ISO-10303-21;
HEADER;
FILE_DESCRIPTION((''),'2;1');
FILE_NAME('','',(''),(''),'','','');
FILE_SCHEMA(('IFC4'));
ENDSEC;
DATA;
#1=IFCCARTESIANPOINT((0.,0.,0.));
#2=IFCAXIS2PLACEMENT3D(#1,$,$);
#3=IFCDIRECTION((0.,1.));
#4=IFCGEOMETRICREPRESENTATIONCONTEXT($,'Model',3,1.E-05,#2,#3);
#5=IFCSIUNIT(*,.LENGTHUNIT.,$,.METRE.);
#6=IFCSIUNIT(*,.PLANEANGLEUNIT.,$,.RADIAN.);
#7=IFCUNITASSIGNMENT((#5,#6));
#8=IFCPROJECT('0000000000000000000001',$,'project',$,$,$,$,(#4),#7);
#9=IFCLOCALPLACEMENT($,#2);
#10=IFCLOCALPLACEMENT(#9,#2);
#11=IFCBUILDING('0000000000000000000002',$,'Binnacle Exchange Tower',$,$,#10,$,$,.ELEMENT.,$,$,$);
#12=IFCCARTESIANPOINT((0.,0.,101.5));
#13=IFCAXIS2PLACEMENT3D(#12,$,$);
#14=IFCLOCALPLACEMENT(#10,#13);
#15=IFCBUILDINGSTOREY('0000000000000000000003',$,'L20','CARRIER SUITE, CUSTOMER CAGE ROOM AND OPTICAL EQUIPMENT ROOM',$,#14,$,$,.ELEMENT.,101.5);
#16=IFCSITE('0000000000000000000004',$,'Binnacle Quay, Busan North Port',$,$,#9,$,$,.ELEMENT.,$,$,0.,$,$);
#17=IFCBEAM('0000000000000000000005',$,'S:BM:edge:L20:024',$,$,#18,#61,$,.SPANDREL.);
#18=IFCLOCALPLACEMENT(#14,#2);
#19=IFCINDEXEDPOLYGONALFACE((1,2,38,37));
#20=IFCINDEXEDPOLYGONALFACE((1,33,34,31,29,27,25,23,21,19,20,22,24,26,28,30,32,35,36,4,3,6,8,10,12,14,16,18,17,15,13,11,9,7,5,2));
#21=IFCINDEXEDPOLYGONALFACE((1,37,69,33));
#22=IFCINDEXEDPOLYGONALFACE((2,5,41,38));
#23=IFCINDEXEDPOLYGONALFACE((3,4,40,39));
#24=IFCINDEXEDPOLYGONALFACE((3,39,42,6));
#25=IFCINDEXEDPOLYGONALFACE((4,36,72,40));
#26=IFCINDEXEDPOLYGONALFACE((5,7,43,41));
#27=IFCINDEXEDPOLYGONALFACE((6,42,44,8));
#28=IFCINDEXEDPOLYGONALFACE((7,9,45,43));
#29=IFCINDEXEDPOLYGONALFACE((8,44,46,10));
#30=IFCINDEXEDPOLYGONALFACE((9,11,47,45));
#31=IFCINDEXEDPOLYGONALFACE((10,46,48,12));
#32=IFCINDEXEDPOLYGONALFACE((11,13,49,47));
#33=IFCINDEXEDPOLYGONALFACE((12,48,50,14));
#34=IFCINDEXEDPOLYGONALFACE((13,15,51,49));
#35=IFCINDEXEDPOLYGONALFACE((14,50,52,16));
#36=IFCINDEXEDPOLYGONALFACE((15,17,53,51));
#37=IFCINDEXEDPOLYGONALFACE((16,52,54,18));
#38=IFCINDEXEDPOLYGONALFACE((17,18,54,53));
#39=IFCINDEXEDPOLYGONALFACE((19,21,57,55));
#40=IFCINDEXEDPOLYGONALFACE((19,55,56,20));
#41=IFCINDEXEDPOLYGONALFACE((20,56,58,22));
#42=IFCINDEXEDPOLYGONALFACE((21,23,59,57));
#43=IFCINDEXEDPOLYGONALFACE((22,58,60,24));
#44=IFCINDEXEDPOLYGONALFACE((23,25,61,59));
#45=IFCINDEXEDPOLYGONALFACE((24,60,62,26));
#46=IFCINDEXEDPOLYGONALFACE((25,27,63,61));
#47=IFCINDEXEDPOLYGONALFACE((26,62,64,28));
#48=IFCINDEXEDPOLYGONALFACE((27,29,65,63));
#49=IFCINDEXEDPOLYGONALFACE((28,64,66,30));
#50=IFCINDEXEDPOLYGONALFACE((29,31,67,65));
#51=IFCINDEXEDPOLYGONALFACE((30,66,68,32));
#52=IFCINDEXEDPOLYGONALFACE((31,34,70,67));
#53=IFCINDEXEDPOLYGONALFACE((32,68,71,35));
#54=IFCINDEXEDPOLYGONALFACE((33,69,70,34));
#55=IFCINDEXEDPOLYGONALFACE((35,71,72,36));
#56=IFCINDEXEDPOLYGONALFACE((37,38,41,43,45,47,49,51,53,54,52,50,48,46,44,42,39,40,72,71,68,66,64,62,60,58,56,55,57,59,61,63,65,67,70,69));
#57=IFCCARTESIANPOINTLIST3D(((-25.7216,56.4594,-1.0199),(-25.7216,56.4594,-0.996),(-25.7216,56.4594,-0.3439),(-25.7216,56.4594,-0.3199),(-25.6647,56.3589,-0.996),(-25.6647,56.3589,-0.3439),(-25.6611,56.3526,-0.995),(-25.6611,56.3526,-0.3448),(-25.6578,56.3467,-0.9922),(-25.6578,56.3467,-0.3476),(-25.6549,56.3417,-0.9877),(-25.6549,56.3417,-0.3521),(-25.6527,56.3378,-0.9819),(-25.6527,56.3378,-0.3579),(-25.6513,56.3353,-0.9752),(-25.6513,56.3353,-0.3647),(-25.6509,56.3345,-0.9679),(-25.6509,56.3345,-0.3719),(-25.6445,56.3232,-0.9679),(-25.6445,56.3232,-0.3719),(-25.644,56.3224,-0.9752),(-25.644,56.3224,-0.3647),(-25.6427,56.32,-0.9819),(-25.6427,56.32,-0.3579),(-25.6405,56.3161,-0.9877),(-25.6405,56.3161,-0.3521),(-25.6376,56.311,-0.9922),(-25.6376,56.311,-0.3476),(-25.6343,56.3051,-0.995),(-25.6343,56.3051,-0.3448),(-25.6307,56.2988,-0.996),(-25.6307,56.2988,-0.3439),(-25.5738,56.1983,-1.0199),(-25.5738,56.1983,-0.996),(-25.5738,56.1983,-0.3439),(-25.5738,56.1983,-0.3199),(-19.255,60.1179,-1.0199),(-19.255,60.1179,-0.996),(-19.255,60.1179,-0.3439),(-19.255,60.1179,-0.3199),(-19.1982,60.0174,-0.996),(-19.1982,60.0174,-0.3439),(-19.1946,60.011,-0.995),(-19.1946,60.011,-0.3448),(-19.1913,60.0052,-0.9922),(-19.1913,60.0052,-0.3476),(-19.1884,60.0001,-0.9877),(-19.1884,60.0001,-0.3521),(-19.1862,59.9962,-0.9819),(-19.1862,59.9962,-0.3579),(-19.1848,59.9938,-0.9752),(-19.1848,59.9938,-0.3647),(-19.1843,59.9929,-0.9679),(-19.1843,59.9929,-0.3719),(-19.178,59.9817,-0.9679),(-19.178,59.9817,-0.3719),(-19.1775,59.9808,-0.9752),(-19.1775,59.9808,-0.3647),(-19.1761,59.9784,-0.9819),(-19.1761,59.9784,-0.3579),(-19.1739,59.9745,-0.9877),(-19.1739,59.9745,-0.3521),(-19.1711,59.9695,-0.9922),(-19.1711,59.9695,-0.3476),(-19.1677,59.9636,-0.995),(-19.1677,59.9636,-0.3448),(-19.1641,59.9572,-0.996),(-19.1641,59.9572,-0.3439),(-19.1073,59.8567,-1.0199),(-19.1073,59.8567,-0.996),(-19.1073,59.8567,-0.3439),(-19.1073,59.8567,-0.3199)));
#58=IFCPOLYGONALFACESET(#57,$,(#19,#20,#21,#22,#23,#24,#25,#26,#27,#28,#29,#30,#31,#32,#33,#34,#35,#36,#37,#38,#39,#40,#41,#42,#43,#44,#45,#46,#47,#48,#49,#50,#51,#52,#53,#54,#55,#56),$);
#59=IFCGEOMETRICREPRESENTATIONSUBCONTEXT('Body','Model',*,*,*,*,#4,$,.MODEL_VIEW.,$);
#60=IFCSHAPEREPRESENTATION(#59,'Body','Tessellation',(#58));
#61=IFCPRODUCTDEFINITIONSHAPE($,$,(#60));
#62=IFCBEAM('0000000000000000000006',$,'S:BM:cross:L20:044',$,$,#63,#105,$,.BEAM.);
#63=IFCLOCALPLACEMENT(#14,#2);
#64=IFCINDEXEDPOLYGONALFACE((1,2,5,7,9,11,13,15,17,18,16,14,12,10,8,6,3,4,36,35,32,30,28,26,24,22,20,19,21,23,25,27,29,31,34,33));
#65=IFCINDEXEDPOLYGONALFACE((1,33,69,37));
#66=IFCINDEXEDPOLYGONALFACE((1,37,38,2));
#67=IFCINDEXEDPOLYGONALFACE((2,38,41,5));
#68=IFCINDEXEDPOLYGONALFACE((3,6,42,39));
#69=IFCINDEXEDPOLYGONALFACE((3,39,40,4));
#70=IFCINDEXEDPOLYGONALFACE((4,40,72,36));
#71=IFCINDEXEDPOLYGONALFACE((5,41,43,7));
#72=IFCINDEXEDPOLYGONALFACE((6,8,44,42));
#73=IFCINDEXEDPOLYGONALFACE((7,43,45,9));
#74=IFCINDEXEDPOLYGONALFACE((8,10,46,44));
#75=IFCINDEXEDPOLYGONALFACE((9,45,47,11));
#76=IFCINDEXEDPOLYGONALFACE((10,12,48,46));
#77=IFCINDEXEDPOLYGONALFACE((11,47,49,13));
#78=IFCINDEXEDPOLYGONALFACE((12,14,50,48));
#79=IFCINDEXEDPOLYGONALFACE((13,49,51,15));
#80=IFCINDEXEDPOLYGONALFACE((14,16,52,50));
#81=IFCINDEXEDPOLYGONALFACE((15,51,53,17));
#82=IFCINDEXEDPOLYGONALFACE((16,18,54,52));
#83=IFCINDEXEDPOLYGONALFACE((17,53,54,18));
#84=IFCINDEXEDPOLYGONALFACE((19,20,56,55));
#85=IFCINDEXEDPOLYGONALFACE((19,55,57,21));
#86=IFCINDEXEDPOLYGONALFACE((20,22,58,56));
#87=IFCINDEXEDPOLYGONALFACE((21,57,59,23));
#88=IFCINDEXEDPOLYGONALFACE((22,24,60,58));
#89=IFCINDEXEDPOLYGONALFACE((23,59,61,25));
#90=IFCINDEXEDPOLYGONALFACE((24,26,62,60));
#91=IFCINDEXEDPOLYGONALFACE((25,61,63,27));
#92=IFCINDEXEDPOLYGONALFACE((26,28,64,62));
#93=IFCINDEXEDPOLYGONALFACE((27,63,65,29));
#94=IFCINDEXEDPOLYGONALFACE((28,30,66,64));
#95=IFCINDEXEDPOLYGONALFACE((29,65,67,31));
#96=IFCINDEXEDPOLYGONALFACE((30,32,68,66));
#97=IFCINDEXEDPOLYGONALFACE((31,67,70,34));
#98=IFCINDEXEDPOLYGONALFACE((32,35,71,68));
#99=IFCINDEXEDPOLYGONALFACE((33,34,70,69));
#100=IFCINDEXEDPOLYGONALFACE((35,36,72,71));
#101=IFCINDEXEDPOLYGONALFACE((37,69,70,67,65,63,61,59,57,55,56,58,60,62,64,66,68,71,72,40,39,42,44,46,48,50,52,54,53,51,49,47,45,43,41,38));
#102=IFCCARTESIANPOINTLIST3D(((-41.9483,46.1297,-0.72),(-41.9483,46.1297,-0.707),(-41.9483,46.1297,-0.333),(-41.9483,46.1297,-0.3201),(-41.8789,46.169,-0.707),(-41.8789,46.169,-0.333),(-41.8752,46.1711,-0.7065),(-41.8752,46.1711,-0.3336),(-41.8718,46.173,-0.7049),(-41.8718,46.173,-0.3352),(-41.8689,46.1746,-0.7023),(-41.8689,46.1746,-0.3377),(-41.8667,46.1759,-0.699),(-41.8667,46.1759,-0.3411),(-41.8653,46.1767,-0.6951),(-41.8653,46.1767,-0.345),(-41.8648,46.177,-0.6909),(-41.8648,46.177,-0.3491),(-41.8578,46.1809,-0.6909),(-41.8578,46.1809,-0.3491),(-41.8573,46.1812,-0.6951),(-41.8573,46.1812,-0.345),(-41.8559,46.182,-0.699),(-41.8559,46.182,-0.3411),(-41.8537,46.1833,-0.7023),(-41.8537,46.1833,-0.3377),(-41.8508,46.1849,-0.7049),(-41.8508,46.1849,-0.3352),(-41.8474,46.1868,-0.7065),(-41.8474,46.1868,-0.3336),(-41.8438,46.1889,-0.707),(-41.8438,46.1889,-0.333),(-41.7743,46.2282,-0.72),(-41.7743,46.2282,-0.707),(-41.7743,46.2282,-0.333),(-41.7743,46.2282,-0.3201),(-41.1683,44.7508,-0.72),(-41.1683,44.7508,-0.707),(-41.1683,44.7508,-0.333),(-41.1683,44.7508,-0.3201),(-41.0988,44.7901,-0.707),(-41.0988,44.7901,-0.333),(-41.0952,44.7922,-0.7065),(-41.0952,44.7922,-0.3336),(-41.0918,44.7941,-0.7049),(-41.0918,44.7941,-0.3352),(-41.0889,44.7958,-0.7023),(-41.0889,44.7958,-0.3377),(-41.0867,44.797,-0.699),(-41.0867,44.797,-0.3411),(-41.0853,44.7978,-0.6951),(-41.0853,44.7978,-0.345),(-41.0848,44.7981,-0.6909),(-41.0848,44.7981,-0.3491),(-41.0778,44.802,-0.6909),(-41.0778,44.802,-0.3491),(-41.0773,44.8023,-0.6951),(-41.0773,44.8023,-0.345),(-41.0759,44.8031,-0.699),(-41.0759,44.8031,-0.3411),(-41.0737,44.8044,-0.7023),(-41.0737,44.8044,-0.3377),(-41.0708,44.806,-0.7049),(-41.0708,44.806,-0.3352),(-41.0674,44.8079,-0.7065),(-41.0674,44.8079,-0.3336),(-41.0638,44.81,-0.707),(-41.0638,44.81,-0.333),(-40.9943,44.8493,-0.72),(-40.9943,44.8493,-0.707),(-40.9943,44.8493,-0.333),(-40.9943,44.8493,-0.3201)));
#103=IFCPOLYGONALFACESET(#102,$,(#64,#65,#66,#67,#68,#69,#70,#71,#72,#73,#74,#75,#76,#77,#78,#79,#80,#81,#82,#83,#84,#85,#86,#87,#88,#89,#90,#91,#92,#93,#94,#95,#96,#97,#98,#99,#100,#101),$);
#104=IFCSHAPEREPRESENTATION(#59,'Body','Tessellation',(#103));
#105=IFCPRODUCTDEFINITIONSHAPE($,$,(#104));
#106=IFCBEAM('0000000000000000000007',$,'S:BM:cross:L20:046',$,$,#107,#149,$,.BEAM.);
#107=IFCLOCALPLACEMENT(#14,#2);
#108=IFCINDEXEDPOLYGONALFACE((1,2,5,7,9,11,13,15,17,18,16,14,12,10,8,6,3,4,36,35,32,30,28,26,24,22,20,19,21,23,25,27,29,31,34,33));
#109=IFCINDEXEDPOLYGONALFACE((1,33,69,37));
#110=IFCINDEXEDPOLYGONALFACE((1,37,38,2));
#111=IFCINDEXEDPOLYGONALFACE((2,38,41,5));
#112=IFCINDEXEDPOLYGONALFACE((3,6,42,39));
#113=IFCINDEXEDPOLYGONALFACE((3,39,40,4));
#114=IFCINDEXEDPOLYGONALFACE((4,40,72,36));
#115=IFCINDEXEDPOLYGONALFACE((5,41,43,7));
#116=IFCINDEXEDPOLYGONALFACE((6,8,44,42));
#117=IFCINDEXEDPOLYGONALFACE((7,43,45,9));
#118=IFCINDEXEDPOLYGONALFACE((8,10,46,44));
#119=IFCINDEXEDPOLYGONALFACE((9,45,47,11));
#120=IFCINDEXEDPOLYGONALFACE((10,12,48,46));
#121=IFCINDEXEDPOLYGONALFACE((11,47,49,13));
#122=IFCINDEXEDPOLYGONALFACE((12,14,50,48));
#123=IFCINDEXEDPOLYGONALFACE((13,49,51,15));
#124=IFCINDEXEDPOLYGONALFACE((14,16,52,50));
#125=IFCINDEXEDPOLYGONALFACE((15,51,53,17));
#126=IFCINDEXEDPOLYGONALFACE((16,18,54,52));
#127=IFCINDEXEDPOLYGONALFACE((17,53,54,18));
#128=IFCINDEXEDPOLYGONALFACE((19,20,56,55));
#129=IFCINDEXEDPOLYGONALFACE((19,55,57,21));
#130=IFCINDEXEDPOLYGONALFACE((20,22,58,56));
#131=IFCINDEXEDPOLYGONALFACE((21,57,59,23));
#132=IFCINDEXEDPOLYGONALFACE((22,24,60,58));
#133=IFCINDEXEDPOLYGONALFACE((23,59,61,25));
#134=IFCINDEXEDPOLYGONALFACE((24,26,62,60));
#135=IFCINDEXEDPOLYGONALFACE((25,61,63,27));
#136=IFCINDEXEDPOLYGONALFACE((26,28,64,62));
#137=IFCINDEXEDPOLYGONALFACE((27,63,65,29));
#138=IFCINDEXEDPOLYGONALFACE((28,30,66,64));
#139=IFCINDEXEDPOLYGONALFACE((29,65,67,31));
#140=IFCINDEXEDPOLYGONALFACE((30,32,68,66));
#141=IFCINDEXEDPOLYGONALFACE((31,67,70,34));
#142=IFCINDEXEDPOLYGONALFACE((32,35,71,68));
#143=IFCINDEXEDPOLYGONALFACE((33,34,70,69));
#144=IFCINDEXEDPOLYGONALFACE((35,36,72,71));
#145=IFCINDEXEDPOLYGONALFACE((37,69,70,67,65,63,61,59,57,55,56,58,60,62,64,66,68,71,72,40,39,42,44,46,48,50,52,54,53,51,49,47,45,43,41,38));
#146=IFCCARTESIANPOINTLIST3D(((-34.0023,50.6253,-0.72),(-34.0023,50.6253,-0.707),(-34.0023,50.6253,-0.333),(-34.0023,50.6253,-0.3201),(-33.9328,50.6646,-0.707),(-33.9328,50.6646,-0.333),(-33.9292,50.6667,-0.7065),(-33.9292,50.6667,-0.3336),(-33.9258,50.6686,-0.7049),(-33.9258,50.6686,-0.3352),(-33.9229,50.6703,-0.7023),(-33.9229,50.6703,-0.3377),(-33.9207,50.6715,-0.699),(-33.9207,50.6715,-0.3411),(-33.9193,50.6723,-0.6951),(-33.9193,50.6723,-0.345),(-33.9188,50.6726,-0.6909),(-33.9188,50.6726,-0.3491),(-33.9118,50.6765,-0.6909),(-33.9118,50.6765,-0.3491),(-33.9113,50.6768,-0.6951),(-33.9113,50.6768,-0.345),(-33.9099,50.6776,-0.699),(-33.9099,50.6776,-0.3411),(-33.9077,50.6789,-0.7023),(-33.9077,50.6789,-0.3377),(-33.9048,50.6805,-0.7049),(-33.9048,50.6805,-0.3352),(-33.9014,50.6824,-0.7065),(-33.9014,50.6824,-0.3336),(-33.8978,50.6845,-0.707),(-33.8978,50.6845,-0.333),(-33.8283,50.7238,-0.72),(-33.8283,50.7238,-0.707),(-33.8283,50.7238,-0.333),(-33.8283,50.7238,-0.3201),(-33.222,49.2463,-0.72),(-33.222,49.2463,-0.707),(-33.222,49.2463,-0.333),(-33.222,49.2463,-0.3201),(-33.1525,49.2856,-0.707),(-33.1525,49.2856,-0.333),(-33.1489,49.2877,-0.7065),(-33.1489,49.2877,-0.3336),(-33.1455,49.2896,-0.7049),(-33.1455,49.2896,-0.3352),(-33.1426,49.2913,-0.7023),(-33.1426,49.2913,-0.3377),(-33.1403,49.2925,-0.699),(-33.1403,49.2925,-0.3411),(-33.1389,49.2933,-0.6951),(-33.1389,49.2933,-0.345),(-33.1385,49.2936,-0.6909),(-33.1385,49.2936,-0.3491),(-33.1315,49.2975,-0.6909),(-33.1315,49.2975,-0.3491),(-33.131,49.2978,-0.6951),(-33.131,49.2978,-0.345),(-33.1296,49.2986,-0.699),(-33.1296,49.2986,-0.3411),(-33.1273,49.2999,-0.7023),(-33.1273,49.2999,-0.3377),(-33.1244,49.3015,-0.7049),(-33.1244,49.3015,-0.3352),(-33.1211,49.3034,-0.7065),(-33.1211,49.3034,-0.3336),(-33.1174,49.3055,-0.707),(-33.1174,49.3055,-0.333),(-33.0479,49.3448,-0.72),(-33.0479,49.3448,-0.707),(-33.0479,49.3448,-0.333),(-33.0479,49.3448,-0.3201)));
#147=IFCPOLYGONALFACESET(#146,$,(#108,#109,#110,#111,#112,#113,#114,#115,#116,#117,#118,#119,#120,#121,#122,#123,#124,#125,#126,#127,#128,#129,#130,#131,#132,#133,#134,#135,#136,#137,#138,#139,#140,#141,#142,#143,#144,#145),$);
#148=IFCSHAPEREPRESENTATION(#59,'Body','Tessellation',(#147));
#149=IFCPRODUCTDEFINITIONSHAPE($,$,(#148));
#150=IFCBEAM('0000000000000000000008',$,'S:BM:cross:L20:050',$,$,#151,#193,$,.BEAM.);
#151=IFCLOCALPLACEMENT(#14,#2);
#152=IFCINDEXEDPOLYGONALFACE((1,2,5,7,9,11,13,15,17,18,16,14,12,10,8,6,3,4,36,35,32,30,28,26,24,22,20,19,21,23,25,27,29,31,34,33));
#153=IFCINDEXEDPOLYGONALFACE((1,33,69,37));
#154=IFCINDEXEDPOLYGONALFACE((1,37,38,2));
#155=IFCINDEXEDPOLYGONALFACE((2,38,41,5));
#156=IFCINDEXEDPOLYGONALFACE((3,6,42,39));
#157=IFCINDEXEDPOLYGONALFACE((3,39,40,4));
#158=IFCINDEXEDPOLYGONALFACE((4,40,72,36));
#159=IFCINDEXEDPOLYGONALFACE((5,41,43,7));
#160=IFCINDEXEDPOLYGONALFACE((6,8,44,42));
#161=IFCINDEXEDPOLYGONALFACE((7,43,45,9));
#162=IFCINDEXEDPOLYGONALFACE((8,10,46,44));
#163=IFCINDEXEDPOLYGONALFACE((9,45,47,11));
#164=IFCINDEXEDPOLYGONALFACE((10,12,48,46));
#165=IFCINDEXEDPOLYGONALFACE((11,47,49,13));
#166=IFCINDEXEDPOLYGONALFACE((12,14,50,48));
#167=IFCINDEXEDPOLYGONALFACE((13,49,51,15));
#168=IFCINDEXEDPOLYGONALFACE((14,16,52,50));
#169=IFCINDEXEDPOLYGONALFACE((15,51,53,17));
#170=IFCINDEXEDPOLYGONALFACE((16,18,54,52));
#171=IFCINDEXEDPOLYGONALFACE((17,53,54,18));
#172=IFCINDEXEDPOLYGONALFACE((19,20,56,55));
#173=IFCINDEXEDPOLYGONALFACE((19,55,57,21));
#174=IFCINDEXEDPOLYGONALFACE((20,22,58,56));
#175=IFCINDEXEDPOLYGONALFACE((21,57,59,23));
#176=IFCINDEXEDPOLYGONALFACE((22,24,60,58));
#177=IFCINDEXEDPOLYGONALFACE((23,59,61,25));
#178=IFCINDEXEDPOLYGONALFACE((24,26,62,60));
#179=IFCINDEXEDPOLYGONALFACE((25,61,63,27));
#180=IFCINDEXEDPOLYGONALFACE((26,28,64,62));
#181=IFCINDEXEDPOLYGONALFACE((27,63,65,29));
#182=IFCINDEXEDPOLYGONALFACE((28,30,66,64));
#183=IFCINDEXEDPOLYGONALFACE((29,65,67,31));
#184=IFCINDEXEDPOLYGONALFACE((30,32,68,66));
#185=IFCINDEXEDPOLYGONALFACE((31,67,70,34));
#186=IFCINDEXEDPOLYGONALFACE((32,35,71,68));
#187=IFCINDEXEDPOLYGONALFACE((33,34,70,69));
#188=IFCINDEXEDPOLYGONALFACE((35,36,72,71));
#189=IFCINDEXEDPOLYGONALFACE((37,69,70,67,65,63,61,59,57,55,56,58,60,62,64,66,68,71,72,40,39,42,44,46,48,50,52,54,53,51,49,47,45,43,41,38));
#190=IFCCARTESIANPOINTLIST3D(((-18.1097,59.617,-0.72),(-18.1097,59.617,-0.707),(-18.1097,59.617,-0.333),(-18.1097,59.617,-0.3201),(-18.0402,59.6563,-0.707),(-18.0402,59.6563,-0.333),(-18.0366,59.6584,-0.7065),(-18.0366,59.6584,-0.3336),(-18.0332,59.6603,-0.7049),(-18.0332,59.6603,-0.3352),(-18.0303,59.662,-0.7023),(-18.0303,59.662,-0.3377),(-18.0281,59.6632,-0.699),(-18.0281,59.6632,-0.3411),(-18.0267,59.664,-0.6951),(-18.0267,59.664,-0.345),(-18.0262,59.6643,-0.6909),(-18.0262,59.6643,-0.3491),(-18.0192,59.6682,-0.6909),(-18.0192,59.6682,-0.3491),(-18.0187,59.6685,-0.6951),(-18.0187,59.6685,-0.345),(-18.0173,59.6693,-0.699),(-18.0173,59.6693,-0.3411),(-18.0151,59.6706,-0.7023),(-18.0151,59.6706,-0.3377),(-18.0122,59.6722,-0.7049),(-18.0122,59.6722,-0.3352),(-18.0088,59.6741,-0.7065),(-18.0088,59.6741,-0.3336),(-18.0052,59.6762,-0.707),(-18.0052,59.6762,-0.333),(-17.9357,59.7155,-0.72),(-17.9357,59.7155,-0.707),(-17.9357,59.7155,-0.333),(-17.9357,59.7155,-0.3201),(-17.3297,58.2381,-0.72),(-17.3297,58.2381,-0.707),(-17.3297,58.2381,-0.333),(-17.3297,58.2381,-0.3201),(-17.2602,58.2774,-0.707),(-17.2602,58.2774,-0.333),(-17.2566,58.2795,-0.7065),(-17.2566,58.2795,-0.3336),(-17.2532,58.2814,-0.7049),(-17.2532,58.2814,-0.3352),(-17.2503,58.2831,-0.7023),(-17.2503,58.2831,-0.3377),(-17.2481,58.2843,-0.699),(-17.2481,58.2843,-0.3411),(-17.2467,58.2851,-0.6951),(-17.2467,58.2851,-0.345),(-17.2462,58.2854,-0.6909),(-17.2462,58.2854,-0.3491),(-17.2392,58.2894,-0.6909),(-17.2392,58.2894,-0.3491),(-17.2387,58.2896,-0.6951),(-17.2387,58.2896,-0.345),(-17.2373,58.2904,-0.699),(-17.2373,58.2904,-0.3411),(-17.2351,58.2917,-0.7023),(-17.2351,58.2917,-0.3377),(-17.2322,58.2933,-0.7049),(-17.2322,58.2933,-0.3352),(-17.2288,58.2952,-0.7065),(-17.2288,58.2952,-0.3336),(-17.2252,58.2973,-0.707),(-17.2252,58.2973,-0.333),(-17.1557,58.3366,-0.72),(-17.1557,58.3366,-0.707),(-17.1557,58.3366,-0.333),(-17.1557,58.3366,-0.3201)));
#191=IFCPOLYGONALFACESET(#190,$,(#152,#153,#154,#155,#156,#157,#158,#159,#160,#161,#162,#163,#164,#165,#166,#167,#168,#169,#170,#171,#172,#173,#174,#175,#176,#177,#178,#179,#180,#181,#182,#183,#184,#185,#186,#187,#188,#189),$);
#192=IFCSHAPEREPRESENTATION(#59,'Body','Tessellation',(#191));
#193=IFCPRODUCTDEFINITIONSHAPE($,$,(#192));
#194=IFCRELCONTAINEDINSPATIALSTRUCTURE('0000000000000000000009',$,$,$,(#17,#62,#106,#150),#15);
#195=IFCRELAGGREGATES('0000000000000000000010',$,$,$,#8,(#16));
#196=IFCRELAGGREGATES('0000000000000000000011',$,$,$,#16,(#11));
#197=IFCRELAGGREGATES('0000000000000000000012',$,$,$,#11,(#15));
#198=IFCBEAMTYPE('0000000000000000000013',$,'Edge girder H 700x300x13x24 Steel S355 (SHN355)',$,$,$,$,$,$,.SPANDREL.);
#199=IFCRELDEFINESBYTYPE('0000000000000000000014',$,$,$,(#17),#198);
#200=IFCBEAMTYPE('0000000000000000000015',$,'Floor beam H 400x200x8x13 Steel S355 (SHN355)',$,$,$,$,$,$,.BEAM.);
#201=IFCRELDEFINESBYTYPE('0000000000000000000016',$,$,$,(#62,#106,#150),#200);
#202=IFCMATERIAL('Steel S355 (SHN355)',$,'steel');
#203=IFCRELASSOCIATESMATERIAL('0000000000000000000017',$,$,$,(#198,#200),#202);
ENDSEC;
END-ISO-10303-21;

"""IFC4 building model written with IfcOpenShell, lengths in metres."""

from ifc_helpers import new_model, si_unit, direction, frame, origin, origin_2d, place, context, subcontext, project, spatial, i_section, extrude, material, material_profile, profile_set, type_object, element, save


model = new_model("IFC4")

# Units and contexts
model_context = context("Model", 3, precision=1e-05, world=origin(), true_north=direction((0.0, 1.0)))
body_context = subcontext(model_context, "Body", "Model", "MODEL_VIEW")
ifc_project = project(units=[si_unit("LENGTHUNIT", "METRE"), si_unit("PLANEANGLEUNIT", "RADIAN")], contexts=[model_context])

# Site, building, storey
site_placement = place(None, origin())
site = spatial("IfcSite", under=ifc_project, at=site_placement, Name="Binnacle Quay, Busan North Port", CompositionType="ELEMENT", RefElevation=0.0)
building_placement = place(site_placement, origin())
building = spatial("IfcBuilding", under=site, at=building_placement, Name="Binnacle Exchange Tower", CompositionType="ELEMENT")
storey_placement = place(building_placement, frame((0.0, 0.0, 101.5)))
storey = spatial("IfcBuildingStorey", under=building, at=storey_placement, Name="L20", Description="CARRIER SUITE, CUSTOMER CAGE ROOM AND OPTICAL EQUIPMENT ROOM", CompositionType="ELEMENT", Elevation=101.5)

# Beams
ifc_material_1 = material(Name="Steel S355 (SHN355)", Category="steel")
ifc_material_profile_1 = material_profile(ifc_material_1, i_section(OverallWidth=0.3, OverallDepth=0.7, WebThickness=0.0129, FlangeThickness=0.0239, FilletRadius=0.0281, at=origin_2d()), Name="H 700x300x13x24")
ifc_profile_set_1 = profile_set([ifc_material_profile_1], Name="Steel S355 (SHN355)")
beam_type_1 = type_object("IfcBeamType", Name="Edge girder H 700x300x13x24 Steel S355 (SHN355)", PredefinedType="SPANDREL", material=ifc_profile_set_1)
beam_1_placement = place(storey_placement, frame((-19.1812, 59.9873, -0.6699), z_axis=(-0.870364, -0.492408, 0.0), x_axis=(0.492408, -0.870364, 0.0)))
element("IfcBeam", 1, at=beam_1_placement, inside=storey, type_object=beam_type_1, Name="S:BM:edge:L20:024", PredefinedType="SPANDREL", context=body_context, shape_type="SweptSolid", body=[
    extrude(i_section(OverallWidth=0.3, OverallDepth=0.7, WebThickness=0.0129, FlangeThickness=0.0239, FilletRadius=0.0281, at=origin_2d()), origin(), (0.0, 0.0, 1.0), 7.4297),
])
ifc_material_profile_2 = material_profile(ifc_material_1, i_section(OverallWidth=0.2, OverallDepth=0.3999, WebThickness=0.0081, FlangeThickness=0.0129, FilletRadius=0.0161, at=origin_2d()), Name="H 400x200x8x13")
ifc_profile_set_2 = profile_set([ifc_material_profile_2], Name="Steel S355 (SHN355)")
beam_type_2 = type_object("IfcBeamType", Name="Floor beam H 400x200x8x13 Steel S355 (SHN355)", PredefinedType="BEAM", material=ifc_profile_set_2)
beam_2_placement = place(storey_placement, frame((-41.8613, 46.179, -0.52), z_axis=(0.492367, -0.870388, 0.0), x_axis=(0.870388, 0.492367, 0.0)))
element("IfcBeam", 2, at=beam_2_placement, inside=storey, type_object=beam_type_2, Name="S:BM:cross:L20:044", PredefinedType="BEAM", context=body_context, shape_type="SweptSolid", body=[
    extrude(i_section(OverallWidth=0.2, OverallDepth=0.3999, WebThickness=0.0081, FlangeThickness=0.0129, FilletRadius=0.0161, at=origin_2d()), origin(), (0.0, 0.0, 1.0), 1.5842),
])
beam_3_placement = place(storey_placement, frame((-33.9153, 50.6746, -0.52), z_axis=(0.492484, -0.870322, 0.0), x_axis=(0.870322, 0.492484, 0.0)))
element("IfcBeam", 3, at=beam_3_placement, inside=storey, type_object=beam_type_2, Name="S:BM:cross:L20:046", PredefinedType="BEAM", context=body_context, shape_type="SweptSolid", body=[
    extrude(i_section(OverallWidth=0.2, OverallDepth=0.3999, WebThickness=0.0081, FlangeThickness=0.0129, FilletRadius=0.0161, at=origin_2d()), origin(), (0.0, 0.0, 1.0), 1.5845),
])
beam_4_placement = place(storey_placement, frame((-18.0227, 59.6663, -0.52), z_axis=(0.492367, -0.870388, 0.0), x_axis=(0.870388, 0.492367, 0.0)))
element("IfcBeam", 4, at=beam_4_placement, inside=storey, type_object=beam_type_2, Name="S:BM:cross:L20:050", PredefinedType="BEAM", context=body_context, shape_type="SweptSolid", body=[
    extrude(i_section(OverallWidth=0.2, OverallDepth=0.3999, WebThickness=0.0081, FlangeThickness=0.0129, FilletRadius=0.0161, at=origin_2d()), origin(), (0.0, 0.0, 1.0), 1.5842),
])

save(model, "model.ifc")
